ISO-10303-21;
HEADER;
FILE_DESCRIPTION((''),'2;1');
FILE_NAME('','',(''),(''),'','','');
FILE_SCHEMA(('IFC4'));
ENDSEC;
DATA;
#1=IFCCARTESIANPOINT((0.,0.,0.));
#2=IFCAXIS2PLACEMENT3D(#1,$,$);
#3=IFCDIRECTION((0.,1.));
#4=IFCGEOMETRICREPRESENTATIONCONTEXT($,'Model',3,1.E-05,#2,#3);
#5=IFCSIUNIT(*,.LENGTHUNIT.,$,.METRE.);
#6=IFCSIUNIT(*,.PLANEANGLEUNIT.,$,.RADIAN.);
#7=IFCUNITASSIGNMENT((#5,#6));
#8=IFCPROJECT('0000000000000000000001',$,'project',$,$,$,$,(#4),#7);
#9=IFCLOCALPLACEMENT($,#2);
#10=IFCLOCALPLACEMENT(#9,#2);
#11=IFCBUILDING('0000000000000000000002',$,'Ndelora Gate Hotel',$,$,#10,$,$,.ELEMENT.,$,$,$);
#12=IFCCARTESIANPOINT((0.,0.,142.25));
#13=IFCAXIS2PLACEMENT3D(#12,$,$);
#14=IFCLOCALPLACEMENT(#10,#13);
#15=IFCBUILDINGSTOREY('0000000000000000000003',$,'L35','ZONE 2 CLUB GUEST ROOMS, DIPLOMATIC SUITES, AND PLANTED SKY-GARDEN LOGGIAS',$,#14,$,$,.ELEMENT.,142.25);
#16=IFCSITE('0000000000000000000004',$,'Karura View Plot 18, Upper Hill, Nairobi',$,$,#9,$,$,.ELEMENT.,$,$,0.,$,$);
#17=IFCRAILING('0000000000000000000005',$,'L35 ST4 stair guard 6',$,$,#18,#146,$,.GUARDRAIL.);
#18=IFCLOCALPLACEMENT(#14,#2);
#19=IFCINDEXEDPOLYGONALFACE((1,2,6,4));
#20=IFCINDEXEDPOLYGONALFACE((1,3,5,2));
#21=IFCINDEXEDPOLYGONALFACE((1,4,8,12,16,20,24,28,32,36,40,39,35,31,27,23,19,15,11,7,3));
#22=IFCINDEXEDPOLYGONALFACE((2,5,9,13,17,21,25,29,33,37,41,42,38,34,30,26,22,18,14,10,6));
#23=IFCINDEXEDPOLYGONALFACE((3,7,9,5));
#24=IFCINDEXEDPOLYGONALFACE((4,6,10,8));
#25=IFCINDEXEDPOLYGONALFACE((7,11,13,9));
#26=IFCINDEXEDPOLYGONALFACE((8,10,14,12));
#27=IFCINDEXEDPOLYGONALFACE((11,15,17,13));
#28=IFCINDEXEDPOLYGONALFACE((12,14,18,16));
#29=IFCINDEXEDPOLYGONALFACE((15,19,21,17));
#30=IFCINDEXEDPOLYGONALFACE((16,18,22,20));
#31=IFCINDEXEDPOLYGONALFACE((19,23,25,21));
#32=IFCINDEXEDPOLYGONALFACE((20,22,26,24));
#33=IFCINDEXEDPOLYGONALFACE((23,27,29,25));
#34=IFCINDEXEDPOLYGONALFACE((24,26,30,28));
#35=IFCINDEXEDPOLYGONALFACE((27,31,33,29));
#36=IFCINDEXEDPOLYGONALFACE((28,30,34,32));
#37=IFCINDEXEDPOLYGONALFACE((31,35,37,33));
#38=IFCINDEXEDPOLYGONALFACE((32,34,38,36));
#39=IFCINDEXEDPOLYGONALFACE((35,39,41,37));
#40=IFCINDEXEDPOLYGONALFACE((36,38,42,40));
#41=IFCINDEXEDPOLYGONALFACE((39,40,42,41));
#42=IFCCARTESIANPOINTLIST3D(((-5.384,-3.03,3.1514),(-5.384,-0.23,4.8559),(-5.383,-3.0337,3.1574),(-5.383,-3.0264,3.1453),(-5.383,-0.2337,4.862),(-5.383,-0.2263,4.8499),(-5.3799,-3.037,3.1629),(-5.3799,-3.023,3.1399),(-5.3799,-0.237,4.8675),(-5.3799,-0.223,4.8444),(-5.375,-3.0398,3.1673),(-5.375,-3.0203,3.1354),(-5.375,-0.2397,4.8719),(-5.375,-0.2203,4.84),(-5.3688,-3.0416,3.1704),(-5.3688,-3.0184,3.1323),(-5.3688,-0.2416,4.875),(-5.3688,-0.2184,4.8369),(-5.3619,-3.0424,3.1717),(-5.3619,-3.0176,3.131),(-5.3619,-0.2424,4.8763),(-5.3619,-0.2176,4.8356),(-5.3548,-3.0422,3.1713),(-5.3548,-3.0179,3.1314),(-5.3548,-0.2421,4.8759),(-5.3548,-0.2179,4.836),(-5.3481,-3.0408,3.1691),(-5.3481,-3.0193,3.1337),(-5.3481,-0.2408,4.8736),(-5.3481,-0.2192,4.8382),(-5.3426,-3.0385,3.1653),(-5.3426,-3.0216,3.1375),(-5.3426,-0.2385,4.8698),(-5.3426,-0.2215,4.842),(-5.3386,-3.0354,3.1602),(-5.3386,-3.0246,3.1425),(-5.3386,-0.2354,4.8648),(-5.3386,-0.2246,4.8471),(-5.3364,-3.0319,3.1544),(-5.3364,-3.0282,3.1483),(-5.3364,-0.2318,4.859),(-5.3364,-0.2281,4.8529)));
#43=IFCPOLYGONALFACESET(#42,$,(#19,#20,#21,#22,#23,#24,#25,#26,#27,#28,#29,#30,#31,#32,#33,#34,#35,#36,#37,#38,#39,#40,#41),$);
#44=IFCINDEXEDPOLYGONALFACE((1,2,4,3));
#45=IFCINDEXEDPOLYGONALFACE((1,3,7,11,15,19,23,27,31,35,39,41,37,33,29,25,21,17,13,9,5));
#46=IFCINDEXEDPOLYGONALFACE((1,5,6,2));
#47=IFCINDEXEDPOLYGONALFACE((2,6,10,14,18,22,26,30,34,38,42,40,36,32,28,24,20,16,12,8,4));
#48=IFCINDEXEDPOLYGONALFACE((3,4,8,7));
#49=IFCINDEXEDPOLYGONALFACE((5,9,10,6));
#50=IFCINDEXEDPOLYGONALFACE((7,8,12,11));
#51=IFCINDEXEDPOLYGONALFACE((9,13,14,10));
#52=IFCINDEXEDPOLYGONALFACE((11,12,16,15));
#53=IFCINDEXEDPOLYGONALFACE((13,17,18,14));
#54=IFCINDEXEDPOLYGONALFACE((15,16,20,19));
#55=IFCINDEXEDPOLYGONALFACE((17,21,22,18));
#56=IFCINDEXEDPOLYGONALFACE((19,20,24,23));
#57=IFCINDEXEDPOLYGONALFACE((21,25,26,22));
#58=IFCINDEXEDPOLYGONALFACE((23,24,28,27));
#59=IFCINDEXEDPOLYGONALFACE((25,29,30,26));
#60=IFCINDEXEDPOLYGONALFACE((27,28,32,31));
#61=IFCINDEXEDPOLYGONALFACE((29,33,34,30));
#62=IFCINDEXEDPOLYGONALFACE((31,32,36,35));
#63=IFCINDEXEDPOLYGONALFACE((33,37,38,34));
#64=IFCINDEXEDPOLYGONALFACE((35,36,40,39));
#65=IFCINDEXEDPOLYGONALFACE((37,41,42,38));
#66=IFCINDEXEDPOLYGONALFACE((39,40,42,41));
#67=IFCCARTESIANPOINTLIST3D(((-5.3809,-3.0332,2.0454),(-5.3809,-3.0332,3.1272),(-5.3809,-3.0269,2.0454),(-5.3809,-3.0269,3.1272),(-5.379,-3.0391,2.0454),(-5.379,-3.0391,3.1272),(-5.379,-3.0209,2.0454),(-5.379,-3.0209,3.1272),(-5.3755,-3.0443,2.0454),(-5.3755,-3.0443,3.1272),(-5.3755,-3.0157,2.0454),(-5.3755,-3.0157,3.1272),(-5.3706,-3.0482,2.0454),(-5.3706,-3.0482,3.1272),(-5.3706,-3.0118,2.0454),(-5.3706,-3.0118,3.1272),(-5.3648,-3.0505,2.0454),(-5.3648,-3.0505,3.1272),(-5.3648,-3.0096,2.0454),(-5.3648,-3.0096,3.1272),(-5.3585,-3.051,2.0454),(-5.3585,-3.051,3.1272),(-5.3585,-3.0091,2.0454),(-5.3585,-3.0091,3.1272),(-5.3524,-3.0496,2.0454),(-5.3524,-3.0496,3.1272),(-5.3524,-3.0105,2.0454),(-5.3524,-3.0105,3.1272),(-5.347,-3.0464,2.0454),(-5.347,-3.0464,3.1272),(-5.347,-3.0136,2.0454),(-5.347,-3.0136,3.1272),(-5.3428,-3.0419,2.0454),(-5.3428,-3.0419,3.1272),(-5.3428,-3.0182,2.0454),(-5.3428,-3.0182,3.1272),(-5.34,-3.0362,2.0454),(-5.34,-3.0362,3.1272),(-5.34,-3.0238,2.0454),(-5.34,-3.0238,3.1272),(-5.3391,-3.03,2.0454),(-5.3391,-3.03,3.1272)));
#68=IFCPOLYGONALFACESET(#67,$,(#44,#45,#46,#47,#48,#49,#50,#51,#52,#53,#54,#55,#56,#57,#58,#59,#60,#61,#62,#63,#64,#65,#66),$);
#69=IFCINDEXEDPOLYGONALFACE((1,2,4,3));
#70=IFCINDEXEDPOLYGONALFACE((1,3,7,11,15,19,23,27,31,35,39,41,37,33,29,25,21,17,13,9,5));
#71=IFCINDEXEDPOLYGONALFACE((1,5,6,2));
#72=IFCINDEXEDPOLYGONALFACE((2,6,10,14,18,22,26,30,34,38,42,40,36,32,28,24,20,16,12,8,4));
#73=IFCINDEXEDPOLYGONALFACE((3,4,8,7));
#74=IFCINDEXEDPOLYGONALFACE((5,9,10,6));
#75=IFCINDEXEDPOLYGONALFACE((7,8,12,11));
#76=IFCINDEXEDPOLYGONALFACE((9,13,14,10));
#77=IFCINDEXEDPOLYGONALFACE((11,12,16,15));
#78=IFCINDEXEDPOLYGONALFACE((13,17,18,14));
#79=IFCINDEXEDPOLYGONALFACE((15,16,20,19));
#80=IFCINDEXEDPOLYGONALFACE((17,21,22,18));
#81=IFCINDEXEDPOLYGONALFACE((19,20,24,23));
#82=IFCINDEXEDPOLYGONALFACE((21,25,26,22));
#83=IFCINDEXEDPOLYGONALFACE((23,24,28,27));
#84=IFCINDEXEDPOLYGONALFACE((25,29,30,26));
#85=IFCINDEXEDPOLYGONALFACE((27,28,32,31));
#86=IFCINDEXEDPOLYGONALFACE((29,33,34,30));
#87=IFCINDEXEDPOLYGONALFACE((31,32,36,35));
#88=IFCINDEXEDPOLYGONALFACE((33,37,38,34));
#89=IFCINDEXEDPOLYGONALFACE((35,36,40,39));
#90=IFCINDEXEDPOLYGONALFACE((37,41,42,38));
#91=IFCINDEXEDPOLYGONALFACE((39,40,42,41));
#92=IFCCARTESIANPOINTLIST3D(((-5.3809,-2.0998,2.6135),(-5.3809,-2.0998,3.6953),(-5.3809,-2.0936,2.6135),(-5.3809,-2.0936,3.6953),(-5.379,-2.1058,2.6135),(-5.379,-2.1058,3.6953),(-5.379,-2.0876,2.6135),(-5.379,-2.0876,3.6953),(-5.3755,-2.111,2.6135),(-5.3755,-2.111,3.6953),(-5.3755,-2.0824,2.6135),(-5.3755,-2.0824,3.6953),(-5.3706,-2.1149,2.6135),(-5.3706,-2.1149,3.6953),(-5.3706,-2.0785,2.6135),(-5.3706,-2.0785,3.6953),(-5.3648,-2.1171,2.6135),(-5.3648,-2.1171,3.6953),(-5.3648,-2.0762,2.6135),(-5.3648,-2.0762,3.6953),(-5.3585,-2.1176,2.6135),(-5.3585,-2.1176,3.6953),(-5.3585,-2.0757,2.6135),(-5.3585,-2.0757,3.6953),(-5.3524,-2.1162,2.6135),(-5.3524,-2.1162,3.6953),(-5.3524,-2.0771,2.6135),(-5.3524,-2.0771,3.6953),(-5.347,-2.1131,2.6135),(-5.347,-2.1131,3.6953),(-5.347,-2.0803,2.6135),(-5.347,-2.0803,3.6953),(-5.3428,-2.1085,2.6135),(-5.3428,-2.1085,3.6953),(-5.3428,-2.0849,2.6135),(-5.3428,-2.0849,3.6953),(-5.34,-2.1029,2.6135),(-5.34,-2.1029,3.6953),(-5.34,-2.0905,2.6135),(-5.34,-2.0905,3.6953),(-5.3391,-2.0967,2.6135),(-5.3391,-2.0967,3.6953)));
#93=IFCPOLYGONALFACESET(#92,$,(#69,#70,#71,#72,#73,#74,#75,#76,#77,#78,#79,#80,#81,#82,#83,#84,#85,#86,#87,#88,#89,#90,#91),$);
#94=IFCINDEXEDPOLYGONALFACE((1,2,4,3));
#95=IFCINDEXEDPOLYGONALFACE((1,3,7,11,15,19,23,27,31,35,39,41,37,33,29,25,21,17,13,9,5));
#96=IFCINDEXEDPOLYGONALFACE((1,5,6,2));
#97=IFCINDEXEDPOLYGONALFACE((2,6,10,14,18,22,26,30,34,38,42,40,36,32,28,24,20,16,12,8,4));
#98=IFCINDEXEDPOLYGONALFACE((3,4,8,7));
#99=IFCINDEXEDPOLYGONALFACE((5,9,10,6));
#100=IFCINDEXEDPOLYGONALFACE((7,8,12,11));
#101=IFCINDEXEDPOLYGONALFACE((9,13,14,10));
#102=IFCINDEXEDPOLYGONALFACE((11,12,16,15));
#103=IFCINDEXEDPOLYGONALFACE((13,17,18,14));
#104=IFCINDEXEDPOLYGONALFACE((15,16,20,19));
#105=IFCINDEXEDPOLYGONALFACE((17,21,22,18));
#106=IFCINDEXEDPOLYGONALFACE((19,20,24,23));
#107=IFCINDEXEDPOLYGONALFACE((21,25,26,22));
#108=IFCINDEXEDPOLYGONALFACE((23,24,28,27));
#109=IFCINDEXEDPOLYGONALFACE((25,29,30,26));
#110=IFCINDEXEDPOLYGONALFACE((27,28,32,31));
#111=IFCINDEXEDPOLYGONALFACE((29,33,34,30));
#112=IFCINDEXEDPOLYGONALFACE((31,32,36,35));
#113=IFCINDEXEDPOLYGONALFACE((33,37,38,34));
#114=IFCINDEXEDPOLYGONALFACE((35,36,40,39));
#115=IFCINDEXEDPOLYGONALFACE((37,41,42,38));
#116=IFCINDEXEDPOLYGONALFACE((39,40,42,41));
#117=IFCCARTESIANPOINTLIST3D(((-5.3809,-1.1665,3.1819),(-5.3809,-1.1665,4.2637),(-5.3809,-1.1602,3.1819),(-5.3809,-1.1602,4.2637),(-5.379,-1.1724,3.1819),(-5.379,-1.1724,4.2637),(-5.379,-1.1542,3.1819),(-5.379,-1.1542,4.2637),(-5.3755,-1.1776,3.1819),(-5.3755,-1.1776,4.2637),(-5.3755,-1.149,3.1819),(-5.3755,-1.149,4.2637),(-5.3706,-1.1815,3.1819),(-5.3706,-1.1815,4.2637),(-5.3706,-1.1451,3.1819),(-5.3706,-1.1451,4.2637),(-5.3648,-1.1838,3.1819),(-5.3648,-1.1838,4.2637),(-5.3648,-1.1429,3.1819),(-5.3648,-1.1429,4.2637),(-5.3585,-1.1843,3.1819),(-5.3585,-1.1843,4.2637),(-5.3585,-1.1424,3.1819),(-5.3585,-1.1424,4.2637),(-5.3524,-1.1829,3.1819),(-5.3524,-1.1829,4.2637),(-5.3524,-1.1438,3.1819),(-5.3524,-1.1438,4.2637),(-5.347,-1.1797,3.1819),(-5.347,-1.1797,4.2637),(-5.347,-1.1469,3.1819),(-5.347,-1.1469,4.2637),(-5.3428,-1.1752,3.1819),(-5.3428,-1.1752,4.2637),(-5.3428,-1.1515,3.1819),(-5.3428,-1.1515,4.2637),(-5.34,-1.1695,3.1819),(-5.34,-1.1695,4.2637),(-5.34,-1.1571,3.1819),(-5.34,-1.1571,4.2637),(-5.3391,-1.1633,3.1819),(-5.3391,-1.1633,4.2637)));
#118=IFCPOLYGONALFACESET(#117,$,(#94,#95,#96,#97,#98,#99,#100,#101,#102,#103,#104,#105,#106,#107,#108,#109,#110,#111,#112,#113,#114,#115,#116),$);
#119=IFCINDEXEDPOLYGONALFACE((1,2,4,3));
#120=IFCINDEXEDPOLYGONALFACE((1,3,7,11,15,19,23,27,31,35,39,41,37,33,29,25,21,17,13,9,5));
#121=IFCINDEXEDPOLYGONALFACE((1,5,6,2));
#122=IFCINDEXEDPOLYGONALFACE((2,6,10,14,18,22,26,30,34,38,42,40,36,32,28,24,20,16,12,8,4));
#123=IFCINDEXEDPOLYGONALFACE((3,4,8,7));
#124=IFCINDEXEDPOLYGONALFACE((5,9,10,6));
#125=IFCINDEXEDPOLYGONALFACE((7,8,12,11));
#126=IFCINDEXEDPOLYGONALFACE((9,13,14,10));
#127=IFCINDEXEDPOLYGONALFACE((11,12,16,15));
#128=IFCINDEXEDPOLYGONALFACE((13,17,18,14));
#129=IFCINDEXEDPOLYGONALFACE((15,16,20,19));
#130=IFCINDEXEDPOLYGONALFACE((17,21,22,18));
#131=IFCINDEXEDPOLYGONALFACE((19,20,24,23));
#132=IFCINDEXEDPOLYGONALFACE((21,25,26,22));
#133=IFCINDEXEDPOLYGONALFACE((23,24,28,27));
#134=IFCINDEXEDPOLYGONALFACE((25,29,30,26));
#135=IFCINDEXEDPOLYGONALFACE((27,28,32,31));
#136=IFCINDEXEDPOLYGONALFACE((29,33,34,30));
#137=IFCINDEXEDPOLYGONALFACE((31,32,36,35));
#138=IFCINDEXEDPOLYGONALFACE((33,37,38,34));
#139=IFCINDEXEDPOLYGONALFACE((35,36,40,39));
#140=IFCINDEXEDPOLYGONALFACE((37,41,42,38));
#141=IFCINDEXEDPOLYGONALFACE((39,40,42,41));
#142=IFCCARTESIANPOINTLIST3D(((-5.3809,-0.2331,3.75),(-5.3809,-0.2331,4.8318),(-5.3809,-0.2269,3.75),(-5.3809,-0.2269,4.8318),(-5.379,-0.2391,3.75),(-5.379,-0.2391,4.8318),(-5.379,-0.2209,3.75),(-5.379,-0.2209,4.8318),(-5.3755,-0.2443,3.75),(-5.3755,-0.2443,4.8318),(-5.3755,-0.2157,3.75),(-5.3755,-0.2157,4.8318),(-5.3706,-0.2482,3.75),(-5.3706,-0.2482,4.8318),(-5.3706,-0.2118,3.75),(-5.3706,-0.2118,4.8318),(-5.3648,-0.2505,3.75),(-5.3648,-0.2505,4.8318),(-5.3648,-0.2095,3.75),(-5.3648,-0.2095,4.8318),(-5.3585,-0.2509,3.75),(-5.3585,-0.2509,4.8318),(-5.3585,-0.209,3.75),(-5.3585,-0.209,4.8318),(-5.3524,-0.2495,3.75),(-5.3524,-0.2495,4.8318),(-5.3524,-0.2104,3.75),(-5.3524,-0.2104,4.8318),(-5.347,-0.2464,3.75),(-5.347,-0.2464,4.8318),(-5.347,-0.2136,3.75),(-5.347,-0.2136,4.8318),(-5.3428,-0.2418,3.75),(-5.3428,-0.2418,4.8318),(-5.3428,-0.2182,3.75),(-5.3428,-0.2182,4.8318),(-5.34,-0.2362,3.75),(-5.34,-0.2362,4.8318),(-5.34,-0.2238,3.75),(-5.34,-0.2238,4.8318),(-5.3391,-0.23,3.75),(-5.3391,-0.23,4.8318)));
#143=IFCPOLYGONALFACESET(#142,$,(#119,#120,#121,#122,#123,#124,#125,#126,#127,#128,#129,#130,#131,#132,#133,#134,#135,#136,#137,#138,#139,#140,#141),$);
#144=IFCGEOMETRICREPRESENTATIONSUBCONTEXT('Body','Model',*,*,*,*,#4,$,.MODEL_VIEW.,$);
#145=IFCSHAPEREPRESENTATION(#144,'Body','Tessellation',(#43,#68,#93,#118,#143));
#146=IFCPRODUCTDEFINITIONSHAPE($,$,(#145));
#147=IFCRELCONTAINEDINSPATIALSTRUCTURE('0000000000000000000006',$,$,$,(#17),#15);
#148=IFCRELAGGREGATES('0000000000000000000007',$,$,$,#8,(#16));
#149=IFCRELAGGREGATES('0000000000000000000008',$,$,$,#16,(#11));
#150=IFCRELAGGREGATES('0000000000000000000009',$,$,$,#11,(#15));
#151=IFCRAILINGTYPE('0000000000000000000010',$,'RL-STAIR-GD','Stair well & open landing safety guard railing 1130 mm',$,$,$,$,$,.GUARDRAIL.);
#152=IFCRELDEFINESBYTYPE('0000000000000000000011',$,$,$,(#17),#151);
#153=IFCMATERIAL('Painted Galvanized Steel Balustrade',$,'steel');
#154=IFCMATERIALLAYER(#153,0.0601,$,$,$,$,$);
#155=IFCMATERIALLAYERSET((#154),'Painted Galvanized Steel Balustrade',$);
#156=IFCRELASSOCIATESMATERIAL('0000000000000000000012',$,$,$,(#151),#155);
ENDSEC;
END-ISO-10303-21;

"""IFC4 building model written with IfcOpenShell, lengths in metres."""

from ifc_helpers import new_model, si_unit, direction, frame, origin, origin_2d, place, context, subcontext, project, spatial, circle, extrude, material, layer, layer_set, type_object, element, save


model = new_model("IFC4")

# Units and contexts
model_context = context("Model", 3, precision=1e-05, world=origin(), true_north=direction((0.0, 1.0)))
body_context = subcontext(model_context, "Body", "Model", "MODEL_VIEW")
ifc_project = project(units=[si_unit("LENGTHUNIT", "METRE"), si_unit("PLANEANGLEUNIT", "RADIAN")], contexts=[model_context])

# Site, building, storey
site_placement = place(None, origin())
site = spatial("IfcSite", under=ifc_project, at=site_placement, Name="Karura View Plot 18, Upper Hill, Nairobi", CompositionType="ELEMENT", RefElevation=0.0)
building_placement = place(site_placement, origin())
building = spatial("IfcBuilding", under=site, at=building_placement, Name="Ndelora Gate Hotel", CompositionType="ELEMENT")
storey_placement = place(building_placement, frame((0.0, 0.0, 142.25)))
storey = spatial("IfcBuildingStorey", under=building, at=storey_placement, Name="L35", Description="ZONE 2 CLUB GUEST ROOMS, DIPLOMATIC SUITES, AND PLANTED SKY-GARDEN LOGGIAS", CompositionType="ELEMENT", Elevation=142.25)

# Railing
ifc_material_1 = material(Name="Painted Galvanized Steel Balustrade", Category="steel")
ifc_layer_1 = layer(ifc_material_1, 0.0601)
ifc_layer_set_1 = layer_set([ifc_layer_1], Name="Painted Galvanized Steel Balustrade")
railing_type_1 = type_object("IfcRailingType", Name="RL-STAIR-GD", Description="Stair well & open landing safety guard railing 1130 mm", PredefinedType="GUARDRAIL", material=ifc_layer_set_1)
railing_1_placement = place(storey_placement, frame((-5.3601, -3.03, 2.0454)))
element("IfcRailing", 1, at=railing_1_placement, inside=storey, type_object=railing_type_1, Name="L35 ST4 stair guard 6", PredefinedType="GUARDRAIL", context=body_context, shape_type="SweptSolid", body=[
    extrude(circle(Radius=0.0239, at=origin_2d()), frame((0.0, 0.0, 1.106), z_axis=(0.0, 0.85417, 0.519994), x_axis=(-1.0, 0.0, 0.0)), (0.0, 0.0, 1.0), 3.2781),
    extrude(circle(Radius=0.021, at=origin_2d()), origin(), (0.0, 0.0, 1.0), 1.0818),
    extrude(circle(Radius=0.021, at=origin_2d()), frame((0.0, 0.9333, 0.5681)), (0.0, 0.0, 1.0), 1.0818),
    extrude(circle(Radius=0.021, at=origin_2d()), frame((0.0, 1.8667, 1.1365)), (0.0, 0.0, 1.0), 1.0818),
    extrude(circle(Radius=0.021, at=origin_2d()), frame((0.0, 2.8, 1.7046)), (0.0, 0.0, 1.0), 1.0818),
])

save(model, "model.ifc")
